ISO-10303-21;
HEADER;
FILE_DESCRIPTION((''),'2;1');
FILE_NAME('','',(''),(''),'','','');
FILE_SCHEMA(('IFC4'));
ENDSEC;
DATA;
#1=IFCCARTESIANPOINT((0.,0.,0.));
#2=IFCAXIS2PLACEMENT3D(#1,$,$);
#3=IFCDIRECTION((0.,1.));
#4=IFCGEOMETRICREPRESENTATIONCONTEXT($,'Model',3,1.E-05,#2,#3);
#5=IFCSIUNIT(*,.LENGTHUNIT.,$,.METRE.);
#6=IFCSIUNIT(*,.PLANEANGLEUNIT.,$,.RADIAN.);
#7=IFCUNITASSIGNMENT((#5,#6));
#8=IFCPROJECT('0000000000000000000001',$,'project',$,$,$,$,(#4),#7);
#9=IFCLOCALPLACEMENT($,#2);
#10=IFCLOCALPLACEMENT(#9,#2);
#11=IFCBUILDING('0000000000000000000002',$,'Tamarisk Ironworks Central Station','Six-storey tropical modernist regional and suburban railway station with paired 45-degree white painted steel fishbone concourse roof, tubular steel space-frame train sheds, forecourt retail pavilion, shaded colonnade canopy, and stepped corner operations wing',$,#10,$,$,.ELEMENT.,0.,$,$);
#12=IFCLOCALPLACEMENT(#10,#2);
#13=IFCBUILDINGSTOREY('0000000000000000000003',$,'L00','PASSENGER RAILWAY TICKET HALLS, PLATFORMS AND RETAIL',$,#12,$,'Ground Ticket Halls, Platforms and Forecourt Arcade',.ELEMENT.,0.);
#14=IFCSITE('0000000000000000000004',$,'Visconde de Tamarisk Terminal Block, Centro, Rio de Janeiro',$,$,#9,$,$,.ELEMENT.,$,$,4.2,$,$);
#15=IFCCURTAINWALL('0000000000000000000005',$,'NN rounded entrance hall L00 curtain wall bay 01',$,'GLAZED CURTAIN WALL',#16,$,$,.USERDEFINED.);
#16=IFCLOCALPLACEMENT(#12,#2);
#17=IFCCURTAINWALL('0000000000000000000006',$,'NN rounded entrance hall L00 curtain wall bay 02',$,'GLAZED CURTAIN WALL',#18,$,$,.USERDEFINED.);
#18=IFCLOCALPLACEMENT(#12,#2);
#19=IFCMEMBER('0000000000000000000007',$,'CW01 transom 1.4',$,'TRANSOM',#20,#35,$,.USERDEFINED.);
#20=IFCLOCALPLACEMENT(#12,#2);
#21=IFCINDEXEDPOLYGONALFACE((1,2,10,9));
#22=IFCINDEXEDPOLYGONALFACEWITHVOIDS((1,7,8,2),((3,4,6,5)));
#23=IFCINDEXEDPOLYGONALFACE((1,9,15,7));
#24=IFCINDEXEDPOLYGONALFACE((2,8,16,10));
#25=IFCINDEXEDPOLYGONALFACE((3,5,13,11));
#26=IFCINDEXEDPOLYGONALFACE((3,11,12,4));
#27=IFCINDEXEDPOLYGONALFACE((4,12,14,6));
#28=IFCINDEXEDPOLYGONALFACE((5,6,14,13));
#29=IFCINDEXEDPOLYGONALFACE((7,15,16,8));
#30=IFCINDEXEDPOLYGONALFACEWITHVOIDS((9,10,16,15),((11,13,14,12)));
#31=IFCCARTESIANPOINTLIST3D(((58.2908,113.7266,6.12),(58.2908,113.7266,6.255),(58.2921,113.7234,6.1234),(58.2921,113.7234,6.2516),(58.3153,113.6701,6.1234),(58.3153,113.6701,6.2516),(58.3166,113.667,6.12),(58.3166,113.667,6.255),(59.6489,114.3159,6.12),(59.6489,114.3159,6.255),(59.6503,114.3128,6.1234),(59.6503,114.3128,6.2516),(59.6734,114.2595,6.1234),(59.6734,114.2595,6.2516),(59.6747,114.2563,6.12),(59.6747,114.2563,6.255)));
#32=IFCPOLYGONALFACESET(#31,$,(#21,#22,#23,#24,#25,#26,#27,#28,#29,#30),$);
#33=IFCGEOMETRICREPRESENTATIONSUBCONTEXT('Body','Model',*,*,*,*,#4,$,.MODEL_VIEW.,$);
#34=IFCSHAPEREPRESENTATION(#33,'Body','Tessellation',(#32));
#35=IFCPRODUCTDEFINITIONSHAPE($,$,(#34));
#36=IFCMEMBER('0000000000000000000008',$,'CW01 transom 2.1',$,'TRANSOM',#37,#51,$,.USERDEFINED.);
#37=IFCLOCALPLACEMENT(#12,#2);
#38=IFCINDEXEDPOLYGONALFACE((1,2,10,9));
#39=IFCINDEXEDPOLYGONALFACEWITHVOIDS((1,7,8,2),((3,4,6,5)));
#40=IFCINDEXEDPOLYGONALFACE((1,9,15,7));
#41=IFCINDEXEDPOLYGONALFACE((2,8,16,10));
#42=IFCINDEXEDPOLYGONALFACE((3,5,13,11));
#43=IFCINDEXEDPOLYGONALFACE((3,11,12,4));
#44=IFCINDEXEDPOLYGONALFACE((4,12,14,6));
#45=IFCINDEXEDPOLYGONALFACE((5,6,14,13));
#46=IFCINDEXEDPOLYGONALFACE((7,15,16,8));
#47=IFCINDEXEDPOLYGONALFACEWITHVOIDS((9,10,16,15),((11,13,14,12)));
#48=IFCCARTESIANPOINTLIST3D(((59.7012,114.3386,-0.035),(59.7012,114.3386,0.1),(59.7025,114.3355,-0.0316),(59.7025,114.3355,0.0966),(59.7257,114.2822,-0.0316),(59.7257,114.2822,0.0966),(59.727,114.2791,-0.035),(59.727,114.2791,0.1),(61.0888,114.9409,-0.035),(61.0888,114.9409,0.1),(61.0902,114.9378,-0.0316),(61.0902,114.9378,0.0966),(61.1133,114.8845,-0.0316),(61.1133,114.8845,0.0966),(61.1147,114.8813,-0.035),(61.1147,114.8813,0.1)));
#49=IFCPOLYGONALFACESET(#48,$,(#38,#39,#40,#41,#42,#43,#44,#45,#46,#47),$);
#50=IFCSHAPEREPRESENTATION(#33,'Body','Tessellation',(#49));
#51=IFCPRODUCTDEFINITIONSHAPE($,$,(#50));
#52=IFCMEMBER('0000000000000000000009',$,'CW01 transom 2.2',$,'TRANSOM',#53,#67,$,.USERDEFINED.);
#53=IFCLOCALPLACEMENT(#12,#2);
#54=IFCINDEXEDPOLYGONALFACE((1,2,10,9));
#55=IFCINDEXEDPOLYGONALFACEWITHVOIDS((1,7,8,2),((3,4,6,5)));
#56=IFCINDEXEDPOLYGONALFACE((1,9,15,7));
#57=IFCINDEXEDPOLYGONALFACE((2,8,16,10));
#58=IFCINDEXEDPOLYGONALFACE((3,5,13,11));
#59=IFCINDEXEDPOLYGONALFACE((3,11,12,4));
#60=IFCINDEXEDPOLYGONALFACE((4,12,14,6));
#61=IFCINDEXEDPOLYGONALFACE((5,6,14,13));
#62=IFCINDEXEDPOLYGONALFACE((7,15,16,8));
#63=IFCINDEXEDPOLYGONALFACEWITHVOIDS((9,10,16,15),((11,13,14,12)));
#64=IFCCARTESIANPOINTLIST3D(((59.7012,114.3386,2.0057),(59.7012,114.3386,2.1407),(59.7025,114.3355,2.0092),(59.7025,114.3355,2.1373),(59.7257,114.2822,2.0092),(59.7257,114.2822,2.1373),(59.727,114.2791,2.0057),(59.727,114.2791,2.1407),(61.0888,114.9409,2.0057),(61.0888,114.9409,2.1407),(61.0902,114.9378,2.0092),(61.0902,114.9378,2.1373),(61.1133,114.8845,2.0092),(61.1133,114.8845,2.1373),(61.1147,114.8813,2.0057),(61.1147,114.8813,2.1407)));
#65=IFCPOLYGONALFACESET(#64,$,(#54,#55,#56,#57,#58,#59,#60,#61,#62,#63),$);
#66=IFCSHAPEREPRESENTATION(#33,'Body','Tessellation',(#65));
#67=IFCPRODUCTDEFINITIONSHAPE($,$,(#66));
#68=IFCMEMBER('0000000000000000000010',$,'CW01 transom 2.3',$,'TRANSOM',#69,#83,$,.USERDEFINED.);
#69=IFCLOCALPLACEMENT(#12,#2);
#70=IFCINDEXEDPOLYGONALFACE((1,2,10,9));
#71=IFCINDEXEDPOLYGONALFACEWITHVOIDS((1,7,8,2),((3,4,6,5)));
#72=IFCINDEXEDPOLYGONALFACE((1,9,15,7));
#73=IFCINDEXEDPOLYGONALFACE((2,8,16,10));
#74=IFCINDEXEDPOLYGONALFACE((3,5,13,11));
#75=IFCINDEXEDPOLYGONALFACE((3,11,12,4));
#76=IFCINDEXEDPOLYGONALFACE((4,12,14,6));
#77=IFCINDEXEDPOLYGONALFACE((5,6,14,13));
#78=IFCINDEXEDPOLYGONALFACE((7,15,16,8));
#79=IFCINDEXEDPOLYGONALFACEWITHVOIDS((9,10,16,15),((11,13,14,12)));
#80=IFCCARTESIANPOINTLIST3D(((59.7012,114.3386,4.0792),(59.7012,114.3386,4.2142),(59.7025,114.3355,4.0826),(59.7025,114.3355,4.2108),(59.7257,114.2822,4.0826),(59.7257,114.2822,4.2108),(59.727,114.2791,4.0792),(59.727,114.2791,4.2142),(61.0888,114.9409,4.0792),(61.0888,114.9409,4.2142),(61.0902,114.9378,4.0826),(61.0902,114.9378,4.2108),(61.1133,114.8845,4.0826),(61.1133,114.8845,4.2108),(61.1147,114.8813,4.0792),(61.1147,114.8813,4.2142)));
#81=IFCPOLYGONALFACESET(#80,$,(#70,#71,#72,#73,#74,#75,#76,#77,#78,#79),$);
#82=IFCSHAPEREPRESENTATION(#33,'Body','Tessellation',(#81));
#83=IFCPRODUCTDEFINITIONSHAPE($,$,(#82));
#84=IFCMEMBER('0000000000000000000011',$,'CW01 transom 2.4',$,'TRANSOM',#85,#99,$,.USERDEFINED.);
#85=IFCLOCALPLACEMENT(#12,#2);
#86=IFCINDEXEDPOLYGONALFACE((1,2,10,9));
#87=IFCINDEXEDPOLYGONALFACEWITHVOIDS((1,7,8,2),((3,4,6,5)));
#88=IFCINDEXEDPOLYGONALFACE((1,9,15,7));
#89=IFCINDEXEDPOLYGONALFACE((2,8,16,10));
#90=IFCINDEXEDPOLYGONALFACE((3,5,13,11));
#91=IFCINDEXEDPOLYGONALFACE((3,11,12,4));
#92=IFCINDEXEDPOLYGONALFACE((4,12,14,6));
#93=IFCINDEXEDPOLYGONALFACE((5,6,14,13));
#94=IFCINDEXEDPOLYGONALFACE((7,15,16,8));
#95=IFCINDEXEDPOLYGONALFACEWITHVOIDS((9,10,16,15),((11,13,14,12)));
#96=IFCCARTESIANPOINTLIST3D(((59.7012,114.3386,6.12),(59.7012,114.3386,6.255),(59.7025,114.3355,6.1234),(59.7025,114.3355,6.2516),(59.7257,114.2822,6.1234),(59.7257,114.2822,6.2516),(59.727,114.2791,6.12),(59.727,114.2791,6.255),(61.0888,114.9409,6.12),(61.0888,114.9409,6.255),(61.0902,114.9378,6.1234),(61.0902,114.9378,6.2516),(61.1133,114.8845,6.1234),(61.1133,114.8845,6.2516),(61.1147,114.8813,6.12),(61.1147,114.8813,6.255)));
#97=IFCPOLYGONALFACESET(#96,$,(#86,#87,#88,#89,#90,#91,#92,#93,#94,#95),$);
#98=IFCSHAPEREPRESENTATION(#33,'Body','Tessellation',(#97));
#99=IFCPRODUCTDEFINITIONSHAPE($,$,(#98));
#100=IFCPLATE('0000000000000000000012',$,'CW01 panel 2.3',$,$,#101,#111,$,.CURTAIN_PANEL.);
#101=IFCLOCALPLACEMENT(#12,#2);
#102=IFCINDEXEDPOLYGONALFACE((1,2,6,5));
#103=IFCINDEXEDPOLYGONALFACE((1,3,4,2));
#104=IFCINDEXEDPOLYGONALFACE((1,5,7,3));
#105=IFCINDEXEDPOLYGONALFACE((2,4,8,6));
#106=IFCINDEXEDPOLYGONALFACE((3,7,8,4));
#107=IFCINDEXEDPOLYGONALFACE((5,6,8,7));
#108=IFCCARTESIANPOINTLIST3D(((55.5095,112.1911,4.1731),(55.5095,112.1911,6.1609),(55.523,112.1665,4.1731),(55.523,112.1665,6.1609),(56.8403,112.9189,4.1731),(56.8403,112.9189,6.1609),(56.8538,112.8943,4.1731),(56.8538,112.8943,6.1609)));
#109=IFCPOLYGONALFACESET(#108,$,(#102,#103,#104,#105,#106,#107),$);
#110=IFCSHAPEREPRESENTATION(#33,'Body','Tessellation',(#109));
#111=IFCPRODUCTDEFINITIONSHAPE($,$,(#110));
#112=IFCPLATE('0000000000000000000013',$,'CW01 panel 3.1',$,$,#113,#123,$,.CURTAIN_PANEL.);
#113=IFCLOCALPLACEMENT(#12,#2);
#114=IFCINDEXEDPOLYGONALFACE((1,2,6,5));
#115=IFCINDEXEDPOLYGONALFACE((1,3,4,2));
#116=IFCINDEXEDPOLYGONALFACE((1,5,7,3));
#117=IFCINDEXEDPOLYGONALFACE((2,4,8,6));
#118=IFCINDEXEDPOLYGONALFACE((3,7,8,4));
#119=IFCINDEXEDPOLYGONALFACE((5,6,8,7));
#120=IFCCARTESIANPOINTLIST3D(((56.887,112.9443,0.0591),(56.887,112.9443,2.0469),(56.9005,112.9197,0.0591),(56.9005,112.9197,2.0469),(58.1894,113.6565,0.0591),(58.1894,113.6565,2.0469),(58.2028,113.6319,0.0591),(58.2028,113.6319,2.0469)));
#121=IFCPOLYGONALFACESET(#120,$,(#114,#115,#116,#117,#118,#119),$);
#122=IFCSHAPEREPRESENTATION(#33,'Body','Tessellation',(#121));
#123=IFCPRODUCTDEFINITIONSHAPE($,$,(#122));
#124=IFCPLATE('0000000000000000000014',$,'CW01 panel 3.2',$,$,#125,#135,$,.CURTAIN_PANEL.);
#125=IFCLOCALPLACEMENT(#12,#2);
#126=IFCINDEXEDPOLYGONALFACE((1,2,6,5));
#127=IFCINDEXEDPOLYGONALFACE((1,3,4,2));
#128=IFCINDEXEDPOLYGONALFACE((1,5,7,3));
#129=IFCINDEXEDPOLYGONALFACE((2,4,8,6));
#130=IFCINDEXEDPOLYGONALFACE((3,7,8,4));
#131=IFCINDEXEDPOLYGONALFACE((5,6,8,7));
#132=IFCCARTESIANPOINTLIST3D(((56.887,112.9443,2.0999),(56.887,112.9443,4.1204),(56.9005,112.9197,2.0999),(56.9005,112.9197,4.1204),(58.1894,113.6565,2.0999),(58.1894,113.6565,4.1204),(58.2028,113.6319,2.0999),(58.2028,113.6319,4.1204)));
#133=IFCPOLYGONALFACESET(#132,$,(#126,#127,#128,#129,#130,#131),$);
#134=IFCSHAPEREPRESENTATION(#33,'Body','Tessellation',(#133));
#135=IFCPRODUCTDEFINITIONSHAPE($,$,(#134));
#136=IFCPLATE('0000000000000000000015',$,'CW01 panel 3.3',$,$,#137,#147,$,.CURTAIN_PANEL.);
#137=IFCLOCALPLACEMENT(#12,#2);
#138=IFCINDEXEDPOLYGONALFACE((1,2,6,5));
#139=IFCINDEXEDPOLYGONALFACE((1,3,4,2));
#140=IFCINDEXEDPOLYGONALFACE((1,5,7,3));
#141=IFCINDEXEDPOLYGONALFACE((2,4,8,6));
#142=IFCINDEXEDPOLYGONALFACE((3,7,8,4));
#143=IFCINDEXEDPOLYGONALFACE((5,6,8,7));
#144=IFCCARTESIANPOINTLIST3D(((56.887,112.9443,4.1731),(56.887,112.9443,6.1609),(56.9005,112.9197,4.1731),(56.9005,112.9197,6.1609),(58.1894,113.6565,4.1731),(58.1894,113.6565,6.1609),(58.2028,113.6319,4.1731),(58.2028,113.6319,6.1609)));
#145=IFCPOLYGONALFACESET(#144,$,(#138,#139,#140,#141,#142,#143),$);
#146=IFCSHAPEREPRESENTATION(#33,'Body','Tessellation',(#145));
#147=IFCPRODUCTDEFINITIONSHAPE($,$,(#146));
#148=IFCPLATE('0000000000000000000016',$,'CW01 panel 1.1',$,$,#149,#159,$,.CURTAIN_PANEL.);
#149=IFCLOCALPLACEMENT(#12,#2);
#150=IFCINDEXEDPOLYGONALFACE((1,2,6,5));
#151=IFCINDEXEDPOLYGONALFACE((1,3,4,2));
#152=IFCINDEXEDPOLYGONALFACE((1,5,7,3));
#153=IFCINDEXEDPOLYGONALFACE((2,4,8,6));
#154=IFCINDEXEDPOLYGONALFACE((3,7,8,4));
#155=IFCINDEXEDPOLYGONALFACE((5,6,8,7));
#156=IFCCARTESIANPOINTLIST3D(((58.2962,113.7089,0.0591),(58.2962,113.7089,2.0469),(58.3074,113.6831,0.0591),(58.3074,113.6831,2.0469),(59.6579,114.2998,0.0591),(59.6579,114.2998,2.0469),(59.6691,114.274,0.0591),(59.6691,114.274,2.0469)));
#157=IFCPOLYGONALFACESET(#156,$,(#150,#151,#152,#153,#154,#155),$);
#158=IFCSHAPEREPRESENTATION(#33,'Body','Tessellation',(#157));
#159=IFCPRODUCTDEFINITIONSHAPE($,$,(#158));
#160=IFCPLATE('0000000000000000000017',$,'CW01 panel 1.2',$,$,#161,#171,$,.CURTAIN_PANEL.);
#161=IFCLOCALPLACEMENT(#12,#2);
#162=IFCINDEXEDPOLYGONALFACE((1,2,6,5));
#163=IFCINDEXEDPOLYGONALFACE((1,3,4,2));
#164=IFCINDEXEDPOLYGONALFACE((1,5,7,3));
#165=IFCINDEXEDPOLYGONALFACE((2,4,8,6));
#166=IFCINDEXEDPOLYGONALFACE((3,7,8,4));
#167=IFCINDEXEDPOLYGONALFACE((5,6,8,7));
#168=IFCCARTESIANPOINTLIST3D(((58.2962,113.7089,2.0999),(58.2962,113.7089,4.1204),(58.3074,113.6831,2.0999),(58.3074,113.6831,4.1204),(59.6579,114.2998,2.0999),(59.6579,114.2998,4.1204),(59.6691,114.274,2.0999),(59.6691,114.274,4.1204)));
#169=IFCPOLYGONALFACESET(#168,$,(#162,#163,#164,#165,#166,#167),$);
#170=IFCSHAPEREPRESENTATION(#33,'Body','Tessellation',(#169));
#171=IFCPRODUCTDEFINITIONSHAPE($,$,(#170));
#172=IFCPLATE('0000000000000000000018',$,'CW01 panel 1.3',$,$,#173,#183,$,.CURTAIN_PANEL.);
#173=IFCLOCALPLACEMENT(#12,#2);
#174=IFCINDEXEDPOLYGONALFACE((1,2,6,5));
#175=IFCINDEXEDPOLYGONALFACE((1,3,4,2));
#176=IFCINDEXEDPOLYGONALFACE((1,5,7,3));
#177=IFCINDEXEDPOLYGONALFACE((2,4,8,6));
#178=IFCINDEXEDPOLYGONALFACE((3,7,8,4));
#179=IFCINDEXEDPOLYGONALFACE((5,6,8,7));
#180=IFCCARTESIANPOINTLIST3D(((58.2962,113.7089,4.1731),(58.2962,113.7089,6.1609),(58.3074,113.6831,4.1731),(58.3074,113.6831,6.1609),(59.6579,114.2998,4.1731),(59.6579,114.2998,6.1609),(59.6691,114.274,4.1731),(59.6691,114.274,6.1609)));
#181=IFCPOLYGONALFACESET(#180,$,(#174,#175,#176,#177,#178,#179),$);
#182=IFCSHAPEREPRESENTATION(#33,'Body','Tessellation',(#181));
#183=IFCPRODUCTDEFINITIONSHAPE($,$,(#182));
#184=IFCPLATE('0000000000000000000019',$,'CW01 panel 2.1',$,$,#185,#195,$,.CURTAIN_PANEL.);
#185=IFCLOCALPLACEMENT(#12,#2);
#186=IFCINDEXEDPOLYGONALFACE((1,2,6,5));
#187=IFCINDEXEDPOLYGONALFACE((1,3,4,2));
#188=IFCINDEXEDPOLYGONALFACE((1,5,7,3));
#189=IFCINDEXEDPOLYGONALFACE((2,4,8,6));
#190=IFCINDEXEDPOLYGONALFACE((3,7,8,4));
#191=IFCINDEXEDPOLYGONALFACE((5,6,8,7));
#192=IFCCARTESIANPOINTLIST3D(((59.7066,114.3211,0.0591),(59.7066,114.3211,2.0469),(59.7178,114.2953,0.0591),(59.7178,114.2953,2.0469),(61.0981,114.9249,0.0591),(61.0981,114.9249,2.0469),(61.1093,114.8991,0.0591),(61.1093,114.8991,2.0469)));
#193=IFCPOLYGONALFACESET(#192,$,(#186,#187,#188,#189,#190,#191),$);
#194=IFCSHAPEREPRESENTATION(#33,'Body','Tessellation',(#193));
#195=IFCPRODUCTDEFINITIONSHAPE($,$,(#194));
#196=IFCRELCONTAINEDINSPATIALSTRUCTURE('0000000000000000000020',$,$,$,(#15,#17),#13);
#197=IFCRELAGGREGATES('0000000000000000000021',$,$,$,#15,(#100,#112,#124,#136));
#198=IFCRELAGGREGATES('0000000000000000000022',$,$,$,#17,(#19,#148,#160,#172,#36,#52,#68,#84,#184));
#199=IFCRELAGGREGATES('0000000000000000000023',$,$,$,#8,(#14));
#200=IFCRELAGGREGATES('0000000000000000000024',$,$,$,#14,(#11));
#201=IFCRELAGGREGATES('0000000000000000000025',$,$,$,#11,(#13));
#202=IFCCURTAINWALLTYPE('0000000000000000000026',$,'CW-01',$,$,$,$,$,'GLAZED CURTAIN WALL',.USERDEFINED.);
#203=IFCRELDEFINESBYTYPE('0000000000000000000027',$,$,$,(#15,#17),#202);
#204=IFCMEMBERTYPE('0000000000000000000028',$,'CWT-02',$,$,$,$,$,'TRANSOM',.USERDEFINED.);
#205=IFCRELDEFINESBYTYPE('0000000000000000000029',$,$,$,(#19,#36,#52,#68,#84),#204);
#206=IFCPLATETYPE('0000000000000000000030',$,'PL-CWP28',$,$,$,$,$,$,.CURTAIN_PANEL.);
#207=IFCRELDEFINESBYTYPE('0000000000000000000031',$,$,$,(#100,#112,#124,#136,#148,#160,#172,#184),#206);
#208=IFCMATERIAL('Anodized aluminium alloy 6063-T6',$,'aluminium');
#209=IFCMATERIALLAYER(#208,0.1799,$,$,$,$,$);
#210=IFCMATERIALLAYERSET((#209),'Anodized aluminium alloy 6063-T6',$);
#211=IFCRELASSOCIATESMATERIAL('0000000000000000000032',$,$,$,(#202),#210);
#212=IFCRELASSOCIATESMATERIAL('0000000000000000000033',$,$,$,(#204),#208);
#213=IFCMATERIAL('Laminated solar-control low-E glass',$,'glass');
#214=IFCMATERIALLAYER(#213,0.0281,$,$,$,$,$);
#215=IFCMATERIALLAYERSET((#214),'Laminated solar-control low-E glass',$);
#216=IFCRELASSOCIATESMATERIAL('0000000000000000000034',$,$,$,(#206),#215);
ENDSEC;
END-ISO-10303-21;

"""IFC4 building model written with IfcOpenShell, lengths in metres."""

from ifc_helpers import new_model, si_unit, direction, frame, origin, origin_2d, place, context, subcontext, project, spatial, rectangle, hollow_rectangle, extrude, material, layer, layer_set, material_profile, profile_set, type_object, element, aggregate, save


model = new_model("IFC4")

# Units and contexts
model_context = context("Model", 3, precision=1e-05, world=origin(), true_north=direction((0.0, 1.0)))
body_context = subcontext(model_context, "Body", "Model", "MODEL_VIEW")
ifc_project = project(units=[si_unit("LENGTHUNIT", "METRE"), si_unit("PLANEANGLEUNIT", "RADIAN")], contexts=[model_context])

# Site, building, storey
site_placement = place(None, origin())
site = spatial("IfcSite", under=ifc_project, at=site_placement, Name="Visconde de Tamarisk Terminal Block, Centro, Rio de Janeiro", CompositionType="ELEMENT", RefElevation=4.2)
building_placement = place(site_placement, origin())
building = spatial("IfcBuilding", under=site, at=building_placement, Name="Tamarisk Ironworks Central Station", Description="Six-storey tropical modernist regional and suburban railway station with paired 45-degree white painted steel fishbone concourse roof, tubular steel space-frame train sheds, forecourt retail pavilion, shaded colonnade canopy, and stepped corner operations wing", CompositionType="ELEMENT", ElevationOfRefHeight=0.0)
storey_placement = place(building_placement, origin())
storey = spatial("IfcBuildingStorey", under=building, at=storey_placement, Name="L00", Description="PASSENGER RAILWAY TICKET HALLS, PLATFORMS AND RETAIL", LongName="Ground Ticket Halls, Platforms and Forecourt Arcade", CompositionType="ELEMENT", Elevation=0.0)

# Curtain walls
ifc_material_1 = material(Name="Anodized aluminium alloy 6063-T6", Category="aluminium")
ifc_layer_1 = layer(ifc_material_1, 0.1799)
ifc_layer_set_1 = layer_set([ifc_layer_1], Name="Anodized aluminium alloy 6063-T6")
curtain_wall_type = type_object("IfcCurtainWallType", Name="CW-01", ElementType="GLAZED CURTAIN WALL", PredefinedType="USERDEFINED", material=ifc_layer_set_1)
curtain_wall_1_placement = place(storey_placement, origin())
curtain_wall_1 = element("IfcCurtainWall", 1, at=curtain_wall_1_placement, inside=storey, type_object=curtain_wall_type, Name="NN rounded entrance hall L00 curtain wall bay 01", ObjectType="GLAZED CURTAIN WALL", PredefinedType="USERDEFINED")
curtain_wall_2_placement = place(storey_placement, origin())
curtain_wall_2 = element("IfcCurtainWall", 2, at=curtain_wall_2_placement, inside=storey, type_object=curtain_wall_type, Name="NN rounded entrance hall L00 curtain wall bay 02", ObjectType="GLAZED CURTAIN WALL", PredefinedType="USERDEFINED")

# Members
ifc_material_profile_1 = material_profile(ifc_material_1, hollow_rectangle(XDim=0.0649, YDim=0.135, WallThickness=0.0034, at=origin_2d()), Name="ALUM 135x65")
ifc_profile_set_1 = profile_set([ifc_material_profile_1], Name="Anodized aluminium alloy 6063-T6")
member_type_1 = type_object("IfcMemberType", Name="CWT-02", ElementType="TRANSOM", PredefinedType="USERDEFINED", material=ifc_profile_set_1)
member_1_placement = place(storey_placement, frame((58.3037, 113.6968, 6.1875), z_axis=(0.917353, 0.398075, 0.0), x_axis=(-0.398075, 0.917353, 0.0)))
member_1 = element("IfcMember", 3, at=member_1_placement, type_object=member_type_1, Name="CW01 transom 1.4", ObjectType="TRANSOM", PredefinedType="USERDEFINED", context=body_context, shape_type="SweptSolid", body=[
    extrude(hollow_rectangle(XDim=0.0649, YDim=0.135, WallThickness=0.0034, at=origin_2d()), origin(), (0.0, 0.0, 1.0), 1.4805),
])
member_2_placement = place(storey_placement, frame((59.7141, 114.3088, 0.0325), z_axis=(0.917324, 0.398142, 0.0), x_axis=(-0.398142, 0.917324, 0.0)))
member_2 = element("IfcMember", 4, at=member_2_placement, type_object=member_type_1, Name="CW01 transom 2.1", ObjectType="TRANSOM", PredefinedType="USERDEFINED", context=body_context, shape_type="SweptSolid", body=[
    extrude(hollow_rectangle(XDim=0.0649, YDim=0.135, WallThickness=0.0034, at=origin_2d()), origin(), (0.0, 0.0, 1.0), 1.5127),
])
member_3_placement = place(storey_placement, frame((59.7141, 114.3088, 2.0732), z_axis=(0.917324, 0.398142, 0.0), x_axis=(-0.398142, 0.917324, 0.0)))
member_3 = element("IfcMember", 5, at=member_3_placement, type_object=member_type_1, Name="CW01 transom 2.2", ObjectType="TRANSOM", PredefinedType="USERDEFINED", context=body_context, shape_type="SweptSolid", body=[
    extrude(hollow_rectangle(XDim=0.0649, YDim=0.135, WallThickness=0.0034, at=origin_2d()), origin(), (0.0, 0.0, 1.0), 1.5127),
])
member_4_placement = place(storey_placement, frame((59.7141, 114.3088, 4.1467), z_axis=(0.917324, 0.398142, 0.0), x_axis=(-0.398142, 0.917324, 0.0)))
member_4 = element("IfcMember", 6, at=member_4_placement, type_object=member_type_1, Name="CW01 transom 2.3", ObjectType="TRANSOM", PredefinedType="USERDEFINED", context=body_context, shape_type="SweptSolid", body=[
    extrude(hollow_rectangle(XDim=0.0649, YDim=0.135, WallThickness=0.0034, at=origin_2d()), origin(), (0.0, 0.0, 1.0), 1.5127),
])
member_5_placement = place(storey_placement, frame((59.7141, 114.3088, 6.1875), z_axis=(0.917324, 0.398142, 0.0), x_axis=(-0.398142, 0.917324, 0.0)))
member_5 = element("IfcMember", 7, at=member_5_placement, type_object=member_type_1, Name="CW01 transom 2.4", ObjectType="TRANSOM", PredefinedType="USERDEFINED", context=body_context, shape_type="SweptSolid", body=[
    extrude(hollow_rectangle(XDim=0.0649, YDim=0.135, WallThickness=0.0034, at=origin_2d()), origin(), (0.0, 0.0, 1.0), 1.5127),
])

# Plates
ifc_material_2 = material(Name="Laminated solar-control low-E glass", Category="glass")
ifc_layer_2 = layer(ifc_material_2, 0.0281)
ifc_layer_set_2 = layer_set([ifc_layer_2], Name="Laminated solar-control low-E glass")
plate_type = type_object("IfcPlateType", Name="PL-CWP28", PredefinedType="CURTAIN_PANEL", material=ifc_layer_set_2)
plate_1_placement = place(storey_placement, frame((56.1816, 112.5427, 4.1731), z_axis=(0.0, 0.0, 1.0), x_axis=(0.877375, 0.479805, 0.0)))
plate_1 = element("IfcPlate", 8, at=plate_1_placement, type_object=plate_type, Name="CW01 panel 2.3", PredefinedType="CURTAIN_PANEL", context=body_context, shape_type="SweptSolid", body=[
    extrude(rectangle(XDim=1.5168, YDim=0.0281, at=origin_2d()), origin(), (0.0, 0.0, 1.0), 1.9878),
])
plate_2_placement = place(storey_placement, frame((57.5449, 113.2881, 0.0591), z_axis=(0.0, 0.0, 1.0), x_axis=(0.877375, 0.479805, 0.0)))
plate_2 = element("IfcPlate", 9, at=plate_2_placement, type_object=plate_type, Name="CW01 panel 3.1", PredefinedType="CURTAIN_PANEL", context=body_context, shape_type="SweptSolid", body=[
    extrude(rectangle(XDim=1.4844, YDim=0.0281, at=origin_2d()), origin(), (0.0, 0.0, 1.0), 1.9878),
])
plate_3_placement = place(storey_placement, frame((57.5449, 113.2881, 2.0999), z_axis=(0.0, 0.0, 1.0), x_axis=(0.877375, 0.479805, 0.0)))
plate_3 = element("IfcPlate", 10, at=plate_3_placement, type_object=plate_type, Name="CW01 panel 3.2", PredefinedType="CURTAIN_PANEL", context=body_context, shape_type="SweptSolid", body=[
    extrude(rectangle(XDim=1.4844, YDim=0.0281, at=origin_2d()), origin(), (0.0, 0.0, 1.0), 2.0205),
])
plate_4_placement = place(storey_placement, frame((57.5449, 113.2881, 4.1731), z_axis=(0.0, 0.0, 1.0), x_axis=(0.877375, 0.479805, 0.0)))
plate_4 = element("IfcPlate", 11, at=plate_4_placement, type_object=plate_type, Name="CW01 panel 3.3", PredefinedType="CURTAIN_PANEL", context=body_context, shape_type="SweptSolid", body=[
    extrude(rectangle(XDim=1.4844, YDim=0.0281, at=origin_2d()), origin(), (0.0, 0.0, 1.0), 1.9878),
])
aggregate(curtain_wall_1, [plate_1, plate_2, plate_3, plate_4])
plate_5_placement = place(storey_placement, frame((58.9827, 113.9915, 0.0591), z_axis=(0.0, 0.0, 1.0), x_axis=(0.917352, 0.398077, 0.0)))
plate_5 = element("IfcPlate", 12, at=plate_5_placement, type_object=plate_type, Name="CW01 panel 1.1", PredefinedType="CURTAIN_PANEL", context=body_context, shape_type="SweptSolid", body=[
    extrude(rectangle(XDim=1.4844, YDim=0.0281, at=origin_2d()), origin(), (0.0, 0.0, 1.0), 1.9878),
])
plate_6_placement = place(storey_placement, frame((58.9827, 113.9915, 2.0999), z_axis=(0.0, 0.0, 1.0), x_axis=(0.917352, 0.398077, 0.0)))
plate_6 = element("IfcPlate", 13, at=plate_6_placement, type_object=plate_type, Name="CW01 panel 1.2", PredefinedType="CURTAIN_PANEL", context=body_context, shape_type="SweptSolid", body=[
    extrude(rectangle(XDim=1.4844, YDim=0.0281, at=origin_2d()), origin(), (0.0, 0.0, 1.0), 2.0205),
])
plate_7_placement = place(storey_placement, frame((58.9827, 113.9915, 4.1731), z_axis=(0.0, 0.0, 1.0), x_axis=(0.917352, 0.398077, 0.0)))
plate_7 = element("IfcPlate", 14, at=plate_7_placement, type_object=plate_type, Name="CW01 panel 1.3", PredefinedType="CURTAIN_PANEL", context=body_context, shape_type="SweptSolid", body=[
    extrude(rectangle(XDim=1.4844, YDim=0.0281, at=origin_2d()), origin(), (0.0, 0.0, 1.0), 1.9878),
])
plate_8_placement = place(storey_placement, frame((60.408, 114.6101, 0.0591), z_axis=(0.0, 0.0, 1.0), x_axis=(0.917352, 0.398077, 0.0)))
plate_8 = element("IfcPlate", 15, at=plate_8_placement, type_object=plate_type, Name="CW01 panel 2.1", PredefinedType="CURTAIN_PANEL", context=body_context, shape_type="SweptSolid", body=[
    extrude(rectangle(XDim=1.5168, YDim=0.0281, at=origin_2d()), origin(), (0.0, 0.0, 1.0), 1.9878),
])
aggregate(curtain_wall_2, [member_1, plate_5, plate_6, plate_7, member_2, member_3, member_4, member_5, plate_8])

save(model, "model.ifc")
